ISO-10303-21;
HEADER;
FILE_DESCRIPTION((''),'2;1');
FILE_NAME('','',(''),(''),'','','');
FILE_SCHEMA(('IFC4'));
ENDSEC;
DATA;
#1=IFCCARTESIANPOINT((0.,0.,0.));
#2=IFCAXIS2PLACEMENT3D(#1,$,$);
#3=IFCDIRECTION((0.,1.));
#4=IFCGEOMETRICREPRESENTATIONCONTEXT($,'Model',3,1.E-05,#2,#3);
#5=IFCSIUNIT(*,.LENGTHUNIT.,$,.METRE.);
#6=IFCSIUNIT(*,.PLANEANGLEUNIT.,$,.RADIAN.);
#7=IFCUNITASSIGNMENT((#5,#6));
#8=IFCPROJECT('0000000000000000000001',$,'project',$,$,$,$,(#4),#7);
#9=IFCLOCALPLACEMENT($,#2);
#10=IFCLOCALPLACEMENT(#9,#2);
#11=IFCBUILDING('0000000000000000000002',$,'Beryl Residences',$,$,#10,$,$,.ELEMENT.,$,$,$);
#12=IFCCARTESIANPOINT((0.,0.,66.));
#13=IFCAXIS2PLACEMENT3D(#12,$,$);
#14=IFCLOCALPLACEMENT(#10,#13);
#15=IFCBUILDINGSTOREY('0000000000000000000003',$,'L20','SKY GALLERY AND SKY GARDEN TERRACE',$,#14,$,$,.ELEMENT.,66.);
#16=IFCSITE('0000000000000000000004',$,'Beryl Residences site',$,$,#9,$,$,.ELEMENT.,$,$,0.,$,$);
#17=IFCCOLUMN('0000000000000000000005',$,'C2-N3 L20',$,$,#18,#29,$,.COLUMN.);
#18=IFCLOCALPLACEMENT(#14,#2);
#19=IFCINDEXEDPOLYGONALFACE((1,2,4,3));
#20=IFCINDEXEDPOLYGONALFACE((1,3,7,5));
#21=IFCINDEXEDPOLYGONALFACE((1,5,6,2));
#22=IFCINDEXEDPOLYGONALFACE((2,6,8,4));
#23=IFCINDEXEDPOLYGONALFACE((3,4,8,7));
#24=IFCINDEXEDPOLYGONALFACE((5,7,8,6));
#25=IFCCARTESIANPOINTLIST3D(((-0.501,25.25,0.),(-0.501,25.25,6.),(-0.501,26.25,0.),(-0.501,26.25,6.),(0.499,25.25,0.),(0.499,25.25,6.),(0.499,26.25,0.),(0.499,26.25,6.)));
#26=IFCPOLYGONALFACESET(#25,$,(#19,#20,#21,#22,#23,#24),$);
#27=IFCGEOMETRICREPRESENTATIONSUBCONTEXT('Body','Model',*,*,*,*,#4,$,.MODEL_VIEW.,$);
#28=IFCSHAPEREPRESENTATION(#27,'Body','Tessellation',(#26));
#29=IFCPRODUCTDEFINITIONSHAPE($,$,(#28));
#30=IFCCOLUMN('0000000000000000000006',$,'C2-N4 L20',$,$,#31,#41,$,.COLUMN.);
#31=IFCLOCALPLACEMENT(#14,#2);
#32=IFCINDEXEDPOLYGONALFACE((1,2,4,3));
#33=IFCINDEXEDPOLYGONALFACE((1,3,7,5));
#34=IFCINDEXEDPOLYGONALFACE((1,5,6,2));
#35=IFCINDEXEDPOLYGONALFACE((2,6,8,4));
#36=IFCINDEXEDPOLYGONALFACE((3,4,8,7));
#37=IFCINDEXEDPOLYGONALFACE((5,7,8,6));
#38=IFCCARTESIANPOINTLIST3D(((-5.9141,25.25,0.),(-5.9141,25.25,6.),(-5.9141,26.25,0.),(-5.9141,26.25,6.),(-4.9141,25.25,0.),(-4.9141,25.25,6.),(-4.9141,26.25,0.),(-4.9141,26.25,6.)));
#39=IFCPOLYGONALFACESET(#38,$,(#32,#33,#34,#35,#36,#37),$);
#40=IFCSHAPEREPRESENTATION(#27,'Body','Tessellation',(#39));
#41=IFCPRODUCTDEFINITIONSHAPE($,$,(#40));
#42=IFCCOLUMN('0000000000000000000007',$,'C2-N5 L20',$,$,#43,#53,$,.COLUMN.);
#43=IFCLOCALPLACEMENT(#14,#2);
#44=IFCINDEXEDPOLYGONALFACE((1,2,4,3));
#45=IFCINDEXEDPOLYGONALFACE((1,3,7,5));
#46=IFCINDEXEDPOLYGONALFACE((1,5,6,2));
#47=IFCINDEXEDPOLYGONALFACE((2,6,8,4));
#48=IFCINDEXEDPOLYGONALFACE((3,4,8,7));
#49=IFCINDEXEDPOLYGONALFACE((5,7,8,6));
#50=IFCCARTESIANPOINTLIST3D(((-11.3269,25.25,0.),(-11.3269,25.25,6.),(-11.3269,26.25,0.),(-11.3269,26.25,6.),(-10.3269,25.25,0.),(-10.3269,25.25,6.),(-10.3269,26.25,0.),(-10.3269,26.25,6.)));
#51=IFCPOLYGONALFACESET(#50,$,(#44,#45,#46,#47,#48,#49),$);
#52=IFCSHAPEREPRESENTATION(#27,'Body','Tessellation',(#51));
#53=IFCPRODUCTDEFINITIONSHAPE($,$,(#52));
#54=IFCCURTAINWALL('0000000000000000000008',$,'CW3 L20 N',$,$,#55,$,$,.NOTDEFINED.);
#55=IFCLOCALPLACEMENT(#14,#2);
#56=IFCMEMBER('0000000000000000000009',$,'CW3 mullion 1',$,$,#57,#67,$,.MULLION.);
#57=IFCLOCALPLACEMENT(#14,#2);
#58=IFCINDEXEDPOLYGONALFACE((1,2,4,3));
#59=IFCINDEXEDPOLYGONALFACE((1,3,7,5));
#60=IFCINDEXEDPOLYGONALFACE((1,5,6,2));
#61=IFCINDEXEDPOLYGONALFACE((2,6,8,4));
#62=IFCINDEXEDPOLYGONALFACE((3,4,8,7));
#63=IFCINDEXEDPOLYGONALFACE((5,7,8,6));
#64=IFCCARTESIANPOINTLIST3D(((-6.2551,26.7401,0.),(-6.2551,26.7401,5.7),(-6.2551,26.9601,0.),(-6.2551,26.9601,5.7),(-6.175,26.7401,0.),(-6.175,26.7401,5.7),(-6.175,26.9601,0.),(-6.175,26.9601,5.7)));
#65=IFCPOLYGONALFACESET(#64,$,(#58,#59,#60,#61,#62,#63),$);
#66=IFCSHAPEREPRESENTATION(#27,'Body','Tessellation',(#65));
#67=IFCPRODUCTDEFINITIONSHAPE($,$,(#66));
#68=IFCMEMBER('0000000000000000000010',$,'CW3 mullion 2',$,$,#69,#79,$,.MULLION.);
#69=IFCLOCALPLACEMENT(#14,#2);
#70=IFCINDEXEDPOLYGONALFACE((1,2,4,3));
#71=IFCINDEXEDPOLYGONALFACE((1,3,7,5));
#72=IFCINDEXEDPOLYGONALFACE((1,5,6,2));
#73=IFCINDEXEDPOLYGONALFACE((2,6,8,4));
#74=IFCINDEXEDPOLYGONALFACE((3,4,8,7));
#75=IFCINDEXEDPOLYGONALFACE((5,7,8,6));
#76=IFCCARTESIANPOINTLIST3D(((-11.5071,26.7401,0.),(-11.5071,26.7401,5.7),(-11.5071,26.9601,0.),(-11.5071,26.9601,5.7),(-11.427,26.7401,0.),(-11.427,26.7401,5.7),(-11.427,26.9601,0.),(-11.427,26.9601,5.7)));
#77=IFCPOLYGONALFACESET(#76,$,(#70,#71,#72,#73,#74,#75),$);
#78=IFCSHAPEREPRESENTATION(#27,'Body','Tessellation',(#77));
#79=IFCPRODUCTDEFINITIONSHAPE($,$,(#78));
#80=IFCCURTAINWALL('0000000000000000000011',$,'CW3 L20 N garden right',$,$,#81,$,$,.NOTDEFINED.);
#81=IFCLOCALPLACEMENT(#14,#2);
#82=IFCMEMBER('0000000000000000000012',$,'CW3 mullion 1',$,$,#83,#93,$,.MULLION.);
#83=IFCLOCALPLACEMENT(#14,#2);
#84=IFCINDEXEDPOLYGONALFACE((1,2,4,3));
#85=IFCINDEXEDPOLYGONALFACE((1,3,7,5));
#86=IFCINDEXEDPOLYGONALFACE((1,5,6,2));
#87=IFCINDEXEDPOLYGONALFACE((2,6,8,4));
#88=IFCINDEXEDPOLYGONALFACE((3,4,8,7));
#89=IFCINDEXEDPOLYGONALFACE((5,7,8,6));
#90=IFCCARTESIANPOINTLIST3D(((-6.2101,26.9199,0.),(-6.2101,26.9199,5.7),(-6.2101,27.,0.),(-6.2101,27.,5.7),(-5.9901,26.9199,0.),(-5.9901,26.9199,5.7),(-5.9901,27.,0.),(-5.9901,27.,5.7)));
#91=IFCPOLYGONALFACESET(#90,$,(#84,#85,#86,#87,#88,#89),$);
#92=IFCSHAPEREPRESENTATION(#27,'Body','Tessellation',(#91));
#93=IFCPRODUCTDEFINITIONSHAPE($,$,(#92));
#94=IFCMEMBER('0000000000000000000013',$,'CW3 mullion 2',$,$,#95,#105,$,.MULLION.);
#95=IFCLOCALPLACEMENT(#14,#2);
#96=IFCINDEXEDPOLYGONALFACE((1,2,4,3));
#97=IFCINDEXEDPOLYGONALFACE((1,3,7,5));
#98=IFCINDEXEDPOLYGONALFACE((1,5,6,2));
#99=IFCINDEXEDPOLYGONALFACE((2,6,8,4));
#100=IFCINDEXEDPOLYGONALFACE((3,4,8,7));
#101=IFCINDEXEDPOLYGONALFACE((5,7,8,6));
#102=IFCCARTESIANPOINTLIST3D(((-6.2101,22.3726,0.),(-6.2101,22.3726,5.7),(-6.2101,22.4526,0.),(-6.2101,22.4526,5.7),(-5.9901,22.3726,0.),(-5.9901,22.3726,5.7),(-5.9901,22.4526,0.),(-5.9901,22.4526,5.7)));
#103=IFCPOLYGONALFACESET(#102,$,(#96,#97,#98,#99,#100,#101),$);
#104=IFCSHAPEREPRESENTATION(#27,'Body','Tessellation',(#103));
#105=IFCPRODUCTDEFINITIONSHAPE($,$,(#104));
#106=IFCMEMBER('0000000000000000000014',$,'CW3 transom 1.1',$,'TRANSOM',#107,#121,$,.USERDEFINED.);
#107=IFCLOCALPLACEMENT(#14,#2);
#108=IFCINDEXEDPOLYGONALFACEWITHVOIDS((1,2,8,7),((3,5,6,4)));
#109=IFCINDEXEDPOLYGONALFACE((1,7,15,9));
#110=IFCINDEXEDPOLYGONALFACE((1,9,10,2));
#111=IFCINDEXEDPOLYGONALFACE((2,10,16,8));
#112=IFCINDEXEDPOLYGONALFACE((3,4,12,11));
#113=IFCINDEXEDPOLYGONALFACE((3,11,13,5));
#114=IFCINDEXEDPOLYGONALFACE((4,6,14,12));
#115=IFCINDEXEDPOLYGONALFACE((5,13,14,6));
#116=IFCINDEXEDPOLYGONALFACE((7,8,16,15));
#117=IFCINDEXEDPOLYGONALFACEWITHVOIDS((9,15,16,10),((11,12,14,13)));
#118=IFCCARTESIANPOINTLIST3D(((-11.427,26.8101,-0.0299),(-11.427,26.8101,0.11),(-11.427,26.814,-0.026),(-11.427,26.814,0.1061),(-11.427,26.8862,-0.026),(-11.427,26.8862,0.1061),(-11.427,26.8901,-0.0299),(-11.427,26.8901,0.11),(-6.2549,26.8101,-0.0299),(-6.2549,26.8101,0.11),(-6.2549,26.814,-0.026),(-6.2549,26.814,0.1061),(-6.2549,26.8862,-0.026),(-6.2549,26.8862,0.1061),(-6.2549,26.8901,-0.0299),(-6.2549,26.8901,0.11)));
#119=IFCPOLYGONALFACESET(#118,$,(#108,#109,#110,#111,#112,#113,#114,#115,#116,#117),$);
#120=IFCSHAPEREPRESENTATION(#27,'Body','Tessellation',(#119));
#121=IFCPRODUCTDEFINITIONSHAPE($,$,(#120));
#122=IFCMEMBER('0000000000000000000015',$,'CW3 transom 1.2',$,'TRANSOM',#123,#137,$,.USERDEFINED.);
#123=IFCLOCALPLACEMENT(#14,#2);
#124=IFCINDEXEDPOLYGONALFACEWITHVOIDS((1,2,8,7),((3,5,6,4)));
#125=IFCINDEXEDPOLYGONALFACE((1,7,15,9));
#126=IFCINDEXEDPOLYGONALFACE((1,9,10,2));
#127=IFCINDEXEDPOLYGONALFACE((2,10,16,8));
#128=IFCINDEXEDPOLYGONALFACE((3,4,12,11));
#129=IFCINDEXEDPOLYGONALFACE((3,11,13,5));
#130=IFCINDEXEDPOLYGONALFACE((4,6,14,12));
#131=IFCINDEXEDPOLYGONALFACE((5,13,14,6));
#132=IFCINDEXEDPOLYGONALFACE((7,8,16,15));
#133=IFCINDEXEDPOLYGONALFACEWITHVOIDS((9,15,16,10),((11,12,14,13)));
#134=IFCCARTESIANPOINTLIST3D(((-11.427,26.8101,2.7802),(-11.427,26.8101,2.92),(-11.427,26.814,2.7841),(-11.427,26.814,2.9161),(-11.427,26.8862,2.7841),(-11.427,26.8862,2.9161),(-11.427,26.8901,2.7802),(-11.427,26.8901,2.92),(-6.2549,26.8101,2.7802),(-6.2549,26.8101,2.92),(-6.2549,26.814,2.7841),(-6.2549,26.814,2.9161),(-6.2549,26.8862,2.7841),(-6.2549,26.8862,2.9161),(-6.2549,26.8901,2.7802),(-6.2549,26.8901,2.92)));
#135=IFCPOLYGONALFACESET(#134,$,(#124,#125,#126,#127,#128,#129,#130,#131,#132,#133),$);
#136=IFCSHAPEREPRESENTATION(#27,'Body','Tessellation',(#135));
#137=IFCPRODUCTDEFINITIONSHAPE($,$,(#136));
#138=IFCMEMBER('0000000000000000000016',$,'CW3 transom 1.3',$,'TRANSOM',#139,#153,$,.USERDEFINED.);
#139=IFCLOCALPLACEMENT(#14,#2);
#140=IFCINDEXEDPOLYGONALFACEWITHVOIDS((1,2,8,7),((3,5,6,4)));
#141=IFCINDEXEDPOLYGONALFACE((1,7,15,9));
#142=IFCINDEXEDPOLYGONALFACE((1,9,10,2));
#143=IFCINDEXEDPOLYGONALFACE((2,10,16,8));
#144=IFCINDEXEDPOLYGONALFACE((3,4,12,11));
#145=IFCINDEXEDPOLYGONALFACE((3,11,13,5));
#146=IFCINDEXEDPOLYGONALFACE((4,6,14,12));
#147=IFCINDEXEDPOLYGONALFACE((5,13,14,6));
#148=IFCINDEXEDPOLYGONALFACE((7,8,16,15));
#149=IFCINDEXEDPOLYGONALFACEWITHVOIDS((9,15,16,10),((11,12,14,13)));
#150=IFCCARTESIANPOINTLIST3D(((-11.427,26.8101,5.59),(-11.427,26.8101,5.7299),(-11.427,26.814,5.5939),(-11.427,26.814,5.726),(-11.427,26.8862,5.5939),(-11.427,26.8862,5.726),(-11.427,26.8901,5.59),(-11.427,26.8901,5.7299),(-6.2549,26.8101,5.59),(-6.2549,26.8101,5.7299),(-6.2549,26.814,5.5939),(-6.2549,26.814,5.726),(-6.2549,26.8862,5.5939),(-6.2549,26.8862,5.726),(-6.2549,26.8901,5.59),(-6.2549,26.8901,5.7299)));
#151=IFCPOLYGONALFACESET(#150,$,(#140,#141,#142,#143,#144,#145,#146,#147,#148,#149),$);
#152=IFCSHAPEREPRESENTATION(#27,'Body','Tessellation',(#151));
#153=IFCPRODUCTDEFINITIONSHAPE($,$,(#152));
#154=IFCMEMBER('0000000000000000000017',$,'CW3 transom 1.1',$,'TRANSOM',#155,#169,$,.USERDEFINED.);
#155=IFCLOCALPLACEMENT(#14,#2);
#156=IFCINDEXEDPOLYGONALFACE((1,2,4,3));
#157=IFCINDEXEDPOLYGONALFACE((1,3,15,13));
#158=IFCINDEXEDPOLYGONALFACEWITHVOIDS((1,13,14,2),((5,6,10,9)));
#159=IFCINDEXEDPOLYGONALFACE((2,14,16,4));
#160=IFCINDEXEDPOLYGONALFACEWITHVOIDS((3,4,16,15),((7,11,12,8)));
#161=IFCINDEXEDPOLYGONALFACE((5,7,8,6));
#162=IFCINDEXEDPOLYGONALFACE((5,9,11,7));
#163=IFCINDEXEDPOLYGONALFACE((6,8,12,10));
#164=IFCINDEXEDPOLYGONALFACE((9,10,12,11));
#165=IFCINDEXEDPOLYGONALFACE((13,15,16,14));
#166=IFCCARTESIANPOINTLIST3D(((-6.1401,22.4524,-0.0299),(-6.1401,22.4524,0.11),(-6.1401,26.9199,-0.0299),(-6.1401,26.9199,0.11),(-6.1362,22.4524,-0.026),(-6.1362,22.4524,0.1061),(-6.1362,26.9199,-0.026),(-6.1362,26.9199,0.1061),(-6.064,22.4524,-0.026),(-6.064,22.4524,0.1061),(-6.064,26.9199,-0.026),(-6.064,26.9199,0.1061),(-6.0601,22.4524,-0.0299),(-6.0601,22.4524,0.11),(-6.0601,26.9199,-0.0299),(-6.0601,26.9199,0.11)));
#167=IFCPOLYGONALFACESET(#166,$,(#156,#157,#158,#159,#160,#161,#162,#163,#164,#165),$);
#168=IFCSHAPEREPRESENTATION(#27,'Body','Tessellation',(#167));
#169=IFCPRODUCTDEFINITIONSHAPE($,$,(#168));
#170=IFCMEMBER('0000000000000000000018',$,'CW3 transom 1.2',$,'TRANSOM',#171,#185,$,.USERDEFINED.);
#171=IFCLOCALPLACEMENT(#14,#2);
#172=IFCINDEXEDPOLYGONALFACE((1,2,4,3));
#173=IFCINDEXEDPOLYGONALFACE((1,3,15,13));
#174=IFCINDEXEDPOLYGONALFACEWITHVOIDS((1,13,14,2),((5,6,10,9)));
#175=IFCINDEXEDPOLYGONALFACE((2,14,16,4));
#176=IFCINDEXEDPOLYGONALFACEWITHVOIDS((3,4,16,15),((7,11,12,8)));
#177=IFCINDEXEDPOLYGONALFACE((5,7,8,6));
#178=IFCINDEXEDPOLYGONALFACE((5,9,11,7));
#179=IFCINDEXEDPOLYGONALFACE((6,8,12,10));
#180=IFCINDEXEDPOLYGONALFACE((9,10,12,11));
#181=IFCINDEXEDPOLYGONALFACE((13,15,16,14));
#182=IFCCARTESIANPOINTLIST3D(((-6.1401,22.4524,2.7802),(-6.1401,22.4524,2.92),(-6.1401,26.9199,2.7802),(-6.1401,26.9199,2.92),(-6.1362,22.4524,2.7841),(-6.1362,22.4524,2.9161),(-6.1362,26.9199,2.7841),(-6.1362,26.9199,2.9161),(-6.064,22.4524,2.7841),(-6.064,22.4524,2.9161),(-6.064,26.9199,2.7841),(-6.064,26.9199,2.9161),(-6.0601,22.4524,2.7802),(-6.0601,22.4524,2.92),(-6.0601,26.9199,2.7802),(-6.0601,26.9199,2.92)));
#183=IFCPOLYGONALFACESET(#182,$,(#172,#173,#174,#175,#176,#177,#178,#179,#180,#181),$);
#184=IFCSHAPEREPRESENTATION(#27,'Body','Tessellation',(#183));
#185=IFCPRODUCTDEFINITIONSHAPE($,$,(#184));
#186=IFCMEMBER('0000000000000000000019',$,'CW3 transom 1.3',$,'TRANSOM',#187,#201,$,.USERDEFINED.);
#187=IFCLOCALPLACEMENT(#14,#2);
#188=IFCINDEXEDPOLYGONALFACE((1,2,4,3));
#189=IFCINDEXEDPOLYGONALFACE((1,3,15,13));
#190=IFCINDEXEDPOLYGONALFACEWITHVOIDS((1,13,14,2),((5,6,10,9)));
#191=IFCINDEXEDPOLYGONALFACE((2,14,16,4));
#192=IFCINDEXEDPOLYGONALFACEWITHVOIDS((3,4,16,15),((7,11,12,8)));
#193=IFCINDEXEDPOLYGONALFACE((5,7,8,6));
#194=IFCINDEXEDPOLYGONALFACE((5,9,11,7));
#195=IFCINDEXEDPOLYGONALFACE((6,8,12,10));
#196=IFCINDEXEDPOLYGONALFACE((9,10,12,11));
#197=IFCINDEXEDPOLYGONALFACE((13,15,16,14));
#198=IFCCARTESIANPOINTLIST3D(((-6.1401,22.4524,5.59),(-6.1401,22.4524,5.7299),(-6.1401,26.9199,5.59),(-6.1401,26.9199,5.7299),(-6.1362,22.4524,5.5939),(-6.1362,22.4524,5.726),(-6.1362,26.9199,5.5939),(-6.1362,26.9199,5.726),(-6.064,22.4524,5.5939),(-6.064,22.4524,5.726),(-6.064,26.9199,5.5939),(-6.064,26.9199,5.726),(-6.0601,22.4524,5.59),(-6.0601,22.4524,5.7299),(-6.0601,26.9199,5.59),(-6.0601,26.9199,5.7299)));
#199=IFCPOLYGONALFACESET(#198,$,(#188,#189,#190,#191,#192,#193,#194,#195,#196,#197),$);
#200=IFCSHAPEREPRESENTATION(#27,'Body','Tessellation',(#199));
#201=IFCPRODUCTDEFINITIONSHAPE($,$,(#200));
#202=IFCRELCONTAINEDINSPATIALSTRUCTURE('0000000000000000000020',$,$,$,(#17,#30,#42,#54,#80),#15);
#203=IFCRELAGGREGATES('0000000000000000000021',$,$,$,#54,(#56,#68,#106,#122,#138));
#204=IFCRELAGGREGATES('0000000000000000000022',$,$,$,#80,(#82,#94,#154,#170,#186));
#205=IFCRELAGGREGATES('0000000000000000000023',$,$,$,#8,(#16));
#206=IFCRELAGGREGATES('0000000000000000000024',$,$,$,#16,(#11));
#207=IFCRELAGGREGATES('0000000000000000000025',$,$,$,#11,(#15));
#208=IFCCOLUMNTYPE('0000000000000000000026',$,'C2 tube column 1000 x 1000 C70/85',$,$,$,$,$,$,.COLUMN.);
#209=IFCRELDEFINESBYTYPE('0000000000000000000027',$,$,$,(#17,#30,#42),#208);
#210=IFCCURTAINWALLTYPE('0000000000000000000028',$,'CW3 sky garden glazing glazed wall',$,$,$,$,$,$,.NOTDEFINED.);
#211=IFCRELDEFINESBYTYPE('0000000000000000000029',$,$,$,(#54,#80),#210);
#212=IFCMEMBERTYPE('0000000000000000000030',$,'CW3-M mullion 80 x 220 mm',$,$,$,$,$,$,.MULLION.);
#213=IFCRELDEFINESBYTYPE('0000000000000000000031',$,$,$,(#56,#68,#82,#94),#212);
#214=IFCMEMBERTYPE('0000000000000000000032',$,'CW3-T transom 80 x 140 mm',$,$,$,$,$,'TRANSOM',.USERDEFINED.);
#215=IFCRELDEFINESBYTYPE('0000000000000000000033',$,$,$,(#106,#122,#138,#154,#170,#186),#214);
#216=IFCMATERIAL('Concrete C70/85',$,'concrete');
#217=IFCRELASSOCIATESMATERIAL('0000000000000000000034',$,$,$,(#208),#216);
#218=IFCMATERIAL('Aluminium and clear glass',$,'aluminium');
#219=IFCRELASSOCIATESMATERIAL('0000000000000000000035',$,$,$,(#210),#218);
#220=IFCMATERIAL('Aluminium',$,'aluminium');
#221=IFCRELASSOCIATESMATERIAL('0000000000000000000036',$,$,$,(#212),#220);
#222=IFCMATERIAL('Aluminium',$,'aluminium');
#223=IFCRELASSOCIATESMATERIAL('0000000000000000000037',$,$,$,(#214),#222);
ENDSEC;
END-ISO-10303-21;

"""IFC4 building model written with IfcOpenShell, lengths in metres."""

from ifc_helpers import new_model, si_unit, direction, frame, origin, origin_2d, place, context, subcontext, project, spatial, rectangle, hollow_rectangle, extrude, material, material_profile, profile_set, type_object, element, aggregate, save


model = new_model("IFC4")

# Units and contexts
model_context = context("Model", 3, precision=1e-05, world=origin(), true_north=direction((0.0, 1.0)))
body_context = subcontext(model_context, "Body", "Model", "MODEL_VIEW")
ifc_project = project(units=[si_unit("LENGTHUNIT", "METRE"), si_unit("PLANEANGLEUNIT", "RADIAN")], contexts=[model_context])

# Site, building, storey
site_placement = place(None, origin())
site = spatial("IfcSite", under=ifc_project, at=site_placement, Name="Beryl Residences site", CompositionType="ELEMENT", RefElevation=0.0)
building_placement = place(site_placement, origin())
building = spatial("IfcBuilding", under=site, at=building_placement, Name="Beryl Residences", CompositionType="ELEMENT")
storey_placement = place(building_placement, frame((0.0, 0.0, 66.0)))
storey = spatial("IfcBuildingStorey", under=building, at=storey_placement, Name="L20", Description="SKY GALLERY AND SKY GARDEN TERRACE", CompositionType="ELEMENT", Elevation=66.0)

# Columns
ifc_material_1 = material(Name="Concrete C70/85", Category="concrete")
ifc_material_profile_1 = material_profile(ifc_material_1, rectangle(XDim=1.0, YDim=1.0, at=origin_2d()))
ifc_profile_set_1 = profile_set([ifc_material_profile_1], Name="Concrete C70/85")
column_type = type_object("IfcColumnType", Name="C2 tube column 1000 x 1000 C70/85", PredefinedType="COLUMN", material=ifc_profile_set_1)
for number, where, z_axis, x_axis, name in (
    (1, (-0.001, 25.75, 0.0), (0.0, 0.0, 1.0), (-1.0, 0.0, 0.0), "C2-N3 L20"),
    (2, (-5.4141, 25.75, 0.0), (0.0, 0.0, 1.0), (-1.0, 0.0, 0.0), "C2-N4 L20"),
    (3, (-10.8269, 25.75, 0.0), (0.0, 0.0, 1.0), (-1.0, 0.0, 0.0), "C2-N5 L20"),
):
    element("IfcColumn", number, at=place(storey_placement, frame(where, z_axis=z_axis, x_axis=x_axis)), inside=storey, type_object=column_type, Name=name, PredefinedType="COLUMN", context=body_context, shape_type="SweptSolid", body=[
        extrude(rectangle(XDim=1.0, YDim=1.0, at=origin_2d()), origin(), (0.0, 0.0, 1.0), 6.0),
    ])

# Curtain walls, members
ifc_material_2 = material(Name="Aluminium and clear glass", Category="aluminium")
curtain_wall_type = type_object("IfcCurtainWallType", Name="CW3 sky garden glazing glazed wall", PredefinedType="NOTDEFINED", material=ifc_material_2)
curtain_wall_1_placement = place(storey_placement, origin())
curtain_wall_1 = element("IfcCurtainWall", 4, at=curtain_wall_1_placement, inside=storey, type_object=curtain_wall_type, Name="CW3 L20 N", PredefinedType="NOTDEFINED")
ifc_material_3 = material(Name="Aluminium", Category="aluminium")
ifc_material_profile_2 = material_profile(ifc_material_3, rectangle(XDim=0.0801, YDim=0.22, at=origin_2d()))
ifc_profile_set_2 = profile_set([ifc_material_profile_2], Name="Aluminium")
member_type_1 = type_object("IfcMemberType", Name="CW3-M mullion 80 x 220 mm", PredefinedType="MULLION", material=ifc_profile_set_2)
member_1_placement = place(storey_placement, frame((-6.2151, 26.8501, 0.0), z_axis=(0.0, 0.0, 1.0), x_axis=(-1.0, 0.0, 0.0)))
member_1 = element("IfcMember", 5, at=member_1_placement, type_object=member_type_1, Name="CW3 mullion 1", PredefinedType="MULLION", context=body_context, shape_type="SweptSolid", body=[
    extrude(rectangle(XDim=0.0801, YDim=0.22, at=origin_2d()), origin(), (0.0, 0.0, 1.0), 5.7),
])
member_2_placement = place(storey_placement, frame((-11.467, 26.8501, 0.0), z_axis=(0.0, 0.0, 1.0), x_axis=(-1.0, 0.0, 0.0)))
member_2 = element("IfcMember", 6, at=member_2_placement, type_object=member_type_1, Name="CW3 mullion 2", PredefinedType="MULLION", context=body_context, shape_type="SweptSolid", body=[
    extrude(rectangle(XDim=0.0801, YDim=0.22, at=origin_2d()), origin(), (0.0, 0.0, 1.0), 5.7),
])
curtain_wall_2_placement = place(storey_placement, origin())
curtain_wall_2 = element("IfcCurtainWall", 7, at=curtain_wall_2_placement, inside=storey, type_object=curtain_wall_type, Name="CW3 L20 N garden right", PredefinedType="NOTDEFINED")
member_3_placement = place(storey_placement, frame((-6.1001, 26.96, 0.0), z_axis=(0.0, 0.0, 1.0), x_axis=(0.0, -1.0, 0.0)))
member_3 = element("IfcMember", 8, at=member_3_placement, type_object=member_type_1, Name="CW3 mullion 1", PredefinedType="MULLION", context=body_context, shape_type="SweptSolid", body=[
    extrude(rectangle(XDim=0.0801, YDim=0.22, at=origin_2d()), origin(), (0.0, 0.0, 1.0), 5.7),
])
member_4_placement = place(storey_placement, frame((-6.1001, 22.4126, 0.0), z_axis=(0.0, 0.0, 1.0), x_axis=(0.0, -1.0, 0.0)))
member_4 = element("IfcMember", 9, at=member_4_placement, type_object=member_type_1, Name="CW3 mullion 2", PredefinedType="MULLION", context=body_context, shape_type="SweptSolid", body=[
    extrude(rectangle(XDim=0.0801, YDim=0.22, at=origin_2d()), origin(), (0.0, 0.0, 1.0), 5.7),
])

# Members
ifc_material_4 = material(Name="Aluminium", Category="aluminium")
ifc_material_profile_3 = material_profile(ifc_material_4, hollow_rectangle(XDim=0.0801, YDim=0.1399, WallThickness=0.0039, at=origin_2d()))
ifc_profile_set_3 = profile_set([ifc_material_profile_3], Name="Aluminium")
member_type_2 = type_object("IfcMemberType", Name="CW3-T transom 80 x 140 mm", ElementType="TRANSOM", PredefinedType="USERDEFINED", material=ifc_profile_set_3)
member_5_placement = place(storey_placement, frame((-6.2549, 26.8501, 0.04), z_axis=(-1.0, 0.0, 0.0), x_axis=(0.0, -1.0, 0.0)))
member_5 = element("IfcMember", 10, at=member_5_placement, type_object=member_type_2, Name="CW3 transom 1.1", ObjectType="TRANSOM", PredefinedType="USERDEFINED", context=body_context, shape_type="SweptSolid", body=[
    extrude(hollow_rectangle(XDim=0.0801, YDim=0.1399, WallThickness=0.0039, at=origin_2d()), origin(), (0.0, 0.0, 1.0), 5.1721),
])
member_6_placement = place(storey_placement, frame((-6.2549, 26.8501, 2.8501), z_axis=(-1.0, 0.0, 0.0), x_axis=(0.0, -1.0, 0.0)))
member_6 = element("IfcMember", 11, at=member_6_placement, type_object=member_type_2, Name="CW3 transom 1.2", ObjectType="TRANSOM", PredefinedType="USERDEFINED", context=body_context, shape_type="SweptSolid", body=[
    extrude(hollow_rectangle(XDim=0.0801, YDim=0.1399, WallThickness=0.0039, at=origin_2d()), origin(), (0.0, 0.0, 1.0), 5.1721),
])
member_7_placement = place(storey_placement, frame((-6.2549, 26.8501, 5.6599), z_axis=(-1.0, 0.0, 0.0), x_axis=(0.0, -1.0, 0.0)))
member_7 = element("IfcMember", 12, at=member_7_placement, type_object=member_type_2, Name="CW3 transom 1.3", ObjectType="TRANSOM", PredefinedType="USERDEFINED", context=body_context, shape_type="SweptSolid", body=[
    extrude(hollow_rectangle(XDim=0.0801, YDim=0.1399, WallThickness=0.0039, at=origin_2d()), origin(), (0.0, 0.0, 1.0), 5.1721),
])
member_8_placement = place(storey_placement, frame((-6.1001, 26.9199, 0.04), z_axis=(0.0, -1.0, 0.0), x_axis=(1.0, 0.0, 0.0)))
member_8 = element("IfcMember", 13, at=member_8_placement, type_object=member_type_2, Name="CW3 transom 1.1", ObjectType="TRANSOM", PredefinedType="USERDEFINED", context=body_context, shape_type="SweptSolid", body=[
    extrude(hollow_rectangle(XDim=0.0801, YDim=0.1399, WallThickness=0.0039, at=origin_2d()), origin(), (0.0, 0.0, 1.0), 4.4675),
])
member_9_placement = place(storey_placement, frame((-6.1001, 26.9199, 2.8501), z_axis=(0.0, -1.0, 0.0), x_axis=(1.0, 0.0, 0.0)))
member_9 = element("IfcMember", 14, at=member_9_placement, type_object=member_type_2, Name="CW3 transom 1.2", ObjectType="TRANSOM", PredefinedType="USERDEFINED", context=body_context, shape_type="SweptSolid", body=[
    extrude(hollow_rectangle(XDim=0.0801, YDim=0.1399, WallThickness=0.0039, at=origin_2d()), origin(), (0.0, 0.0, 1.0), 4.4675),
])
member_10_placement = place(storey_placement, frame((-6.1001, 26.9199, 5.6599), z_axis=(0.0, -1.0, 0.0), x_axis=(1.0, 0.0, 0.0)))
member_10 = element("IfcMember", 15, at=member_10_placement, type_object=member_type_2, Name="CW3 transom 1.3", ObjectType="TRANSOM", PredefinedType="USERDEFINED", context=body_context, shape_type="SweptSolid", body=[
    extrude(hollow_rectangle(XDim=0.0801, YDim=0.1399, WallThickness=0.0039, at=origin_2d()), origin(), (0.0, 0.0, 1.0), 4.4675),
])

aggregate(curtain_wall_1, [member_1, member_2, member_5, member_6, member_7])
aggregate(curtain_wall_2, [member_3, member_4, member_8, member_9, member_10])

save(model, "model.ifc")
